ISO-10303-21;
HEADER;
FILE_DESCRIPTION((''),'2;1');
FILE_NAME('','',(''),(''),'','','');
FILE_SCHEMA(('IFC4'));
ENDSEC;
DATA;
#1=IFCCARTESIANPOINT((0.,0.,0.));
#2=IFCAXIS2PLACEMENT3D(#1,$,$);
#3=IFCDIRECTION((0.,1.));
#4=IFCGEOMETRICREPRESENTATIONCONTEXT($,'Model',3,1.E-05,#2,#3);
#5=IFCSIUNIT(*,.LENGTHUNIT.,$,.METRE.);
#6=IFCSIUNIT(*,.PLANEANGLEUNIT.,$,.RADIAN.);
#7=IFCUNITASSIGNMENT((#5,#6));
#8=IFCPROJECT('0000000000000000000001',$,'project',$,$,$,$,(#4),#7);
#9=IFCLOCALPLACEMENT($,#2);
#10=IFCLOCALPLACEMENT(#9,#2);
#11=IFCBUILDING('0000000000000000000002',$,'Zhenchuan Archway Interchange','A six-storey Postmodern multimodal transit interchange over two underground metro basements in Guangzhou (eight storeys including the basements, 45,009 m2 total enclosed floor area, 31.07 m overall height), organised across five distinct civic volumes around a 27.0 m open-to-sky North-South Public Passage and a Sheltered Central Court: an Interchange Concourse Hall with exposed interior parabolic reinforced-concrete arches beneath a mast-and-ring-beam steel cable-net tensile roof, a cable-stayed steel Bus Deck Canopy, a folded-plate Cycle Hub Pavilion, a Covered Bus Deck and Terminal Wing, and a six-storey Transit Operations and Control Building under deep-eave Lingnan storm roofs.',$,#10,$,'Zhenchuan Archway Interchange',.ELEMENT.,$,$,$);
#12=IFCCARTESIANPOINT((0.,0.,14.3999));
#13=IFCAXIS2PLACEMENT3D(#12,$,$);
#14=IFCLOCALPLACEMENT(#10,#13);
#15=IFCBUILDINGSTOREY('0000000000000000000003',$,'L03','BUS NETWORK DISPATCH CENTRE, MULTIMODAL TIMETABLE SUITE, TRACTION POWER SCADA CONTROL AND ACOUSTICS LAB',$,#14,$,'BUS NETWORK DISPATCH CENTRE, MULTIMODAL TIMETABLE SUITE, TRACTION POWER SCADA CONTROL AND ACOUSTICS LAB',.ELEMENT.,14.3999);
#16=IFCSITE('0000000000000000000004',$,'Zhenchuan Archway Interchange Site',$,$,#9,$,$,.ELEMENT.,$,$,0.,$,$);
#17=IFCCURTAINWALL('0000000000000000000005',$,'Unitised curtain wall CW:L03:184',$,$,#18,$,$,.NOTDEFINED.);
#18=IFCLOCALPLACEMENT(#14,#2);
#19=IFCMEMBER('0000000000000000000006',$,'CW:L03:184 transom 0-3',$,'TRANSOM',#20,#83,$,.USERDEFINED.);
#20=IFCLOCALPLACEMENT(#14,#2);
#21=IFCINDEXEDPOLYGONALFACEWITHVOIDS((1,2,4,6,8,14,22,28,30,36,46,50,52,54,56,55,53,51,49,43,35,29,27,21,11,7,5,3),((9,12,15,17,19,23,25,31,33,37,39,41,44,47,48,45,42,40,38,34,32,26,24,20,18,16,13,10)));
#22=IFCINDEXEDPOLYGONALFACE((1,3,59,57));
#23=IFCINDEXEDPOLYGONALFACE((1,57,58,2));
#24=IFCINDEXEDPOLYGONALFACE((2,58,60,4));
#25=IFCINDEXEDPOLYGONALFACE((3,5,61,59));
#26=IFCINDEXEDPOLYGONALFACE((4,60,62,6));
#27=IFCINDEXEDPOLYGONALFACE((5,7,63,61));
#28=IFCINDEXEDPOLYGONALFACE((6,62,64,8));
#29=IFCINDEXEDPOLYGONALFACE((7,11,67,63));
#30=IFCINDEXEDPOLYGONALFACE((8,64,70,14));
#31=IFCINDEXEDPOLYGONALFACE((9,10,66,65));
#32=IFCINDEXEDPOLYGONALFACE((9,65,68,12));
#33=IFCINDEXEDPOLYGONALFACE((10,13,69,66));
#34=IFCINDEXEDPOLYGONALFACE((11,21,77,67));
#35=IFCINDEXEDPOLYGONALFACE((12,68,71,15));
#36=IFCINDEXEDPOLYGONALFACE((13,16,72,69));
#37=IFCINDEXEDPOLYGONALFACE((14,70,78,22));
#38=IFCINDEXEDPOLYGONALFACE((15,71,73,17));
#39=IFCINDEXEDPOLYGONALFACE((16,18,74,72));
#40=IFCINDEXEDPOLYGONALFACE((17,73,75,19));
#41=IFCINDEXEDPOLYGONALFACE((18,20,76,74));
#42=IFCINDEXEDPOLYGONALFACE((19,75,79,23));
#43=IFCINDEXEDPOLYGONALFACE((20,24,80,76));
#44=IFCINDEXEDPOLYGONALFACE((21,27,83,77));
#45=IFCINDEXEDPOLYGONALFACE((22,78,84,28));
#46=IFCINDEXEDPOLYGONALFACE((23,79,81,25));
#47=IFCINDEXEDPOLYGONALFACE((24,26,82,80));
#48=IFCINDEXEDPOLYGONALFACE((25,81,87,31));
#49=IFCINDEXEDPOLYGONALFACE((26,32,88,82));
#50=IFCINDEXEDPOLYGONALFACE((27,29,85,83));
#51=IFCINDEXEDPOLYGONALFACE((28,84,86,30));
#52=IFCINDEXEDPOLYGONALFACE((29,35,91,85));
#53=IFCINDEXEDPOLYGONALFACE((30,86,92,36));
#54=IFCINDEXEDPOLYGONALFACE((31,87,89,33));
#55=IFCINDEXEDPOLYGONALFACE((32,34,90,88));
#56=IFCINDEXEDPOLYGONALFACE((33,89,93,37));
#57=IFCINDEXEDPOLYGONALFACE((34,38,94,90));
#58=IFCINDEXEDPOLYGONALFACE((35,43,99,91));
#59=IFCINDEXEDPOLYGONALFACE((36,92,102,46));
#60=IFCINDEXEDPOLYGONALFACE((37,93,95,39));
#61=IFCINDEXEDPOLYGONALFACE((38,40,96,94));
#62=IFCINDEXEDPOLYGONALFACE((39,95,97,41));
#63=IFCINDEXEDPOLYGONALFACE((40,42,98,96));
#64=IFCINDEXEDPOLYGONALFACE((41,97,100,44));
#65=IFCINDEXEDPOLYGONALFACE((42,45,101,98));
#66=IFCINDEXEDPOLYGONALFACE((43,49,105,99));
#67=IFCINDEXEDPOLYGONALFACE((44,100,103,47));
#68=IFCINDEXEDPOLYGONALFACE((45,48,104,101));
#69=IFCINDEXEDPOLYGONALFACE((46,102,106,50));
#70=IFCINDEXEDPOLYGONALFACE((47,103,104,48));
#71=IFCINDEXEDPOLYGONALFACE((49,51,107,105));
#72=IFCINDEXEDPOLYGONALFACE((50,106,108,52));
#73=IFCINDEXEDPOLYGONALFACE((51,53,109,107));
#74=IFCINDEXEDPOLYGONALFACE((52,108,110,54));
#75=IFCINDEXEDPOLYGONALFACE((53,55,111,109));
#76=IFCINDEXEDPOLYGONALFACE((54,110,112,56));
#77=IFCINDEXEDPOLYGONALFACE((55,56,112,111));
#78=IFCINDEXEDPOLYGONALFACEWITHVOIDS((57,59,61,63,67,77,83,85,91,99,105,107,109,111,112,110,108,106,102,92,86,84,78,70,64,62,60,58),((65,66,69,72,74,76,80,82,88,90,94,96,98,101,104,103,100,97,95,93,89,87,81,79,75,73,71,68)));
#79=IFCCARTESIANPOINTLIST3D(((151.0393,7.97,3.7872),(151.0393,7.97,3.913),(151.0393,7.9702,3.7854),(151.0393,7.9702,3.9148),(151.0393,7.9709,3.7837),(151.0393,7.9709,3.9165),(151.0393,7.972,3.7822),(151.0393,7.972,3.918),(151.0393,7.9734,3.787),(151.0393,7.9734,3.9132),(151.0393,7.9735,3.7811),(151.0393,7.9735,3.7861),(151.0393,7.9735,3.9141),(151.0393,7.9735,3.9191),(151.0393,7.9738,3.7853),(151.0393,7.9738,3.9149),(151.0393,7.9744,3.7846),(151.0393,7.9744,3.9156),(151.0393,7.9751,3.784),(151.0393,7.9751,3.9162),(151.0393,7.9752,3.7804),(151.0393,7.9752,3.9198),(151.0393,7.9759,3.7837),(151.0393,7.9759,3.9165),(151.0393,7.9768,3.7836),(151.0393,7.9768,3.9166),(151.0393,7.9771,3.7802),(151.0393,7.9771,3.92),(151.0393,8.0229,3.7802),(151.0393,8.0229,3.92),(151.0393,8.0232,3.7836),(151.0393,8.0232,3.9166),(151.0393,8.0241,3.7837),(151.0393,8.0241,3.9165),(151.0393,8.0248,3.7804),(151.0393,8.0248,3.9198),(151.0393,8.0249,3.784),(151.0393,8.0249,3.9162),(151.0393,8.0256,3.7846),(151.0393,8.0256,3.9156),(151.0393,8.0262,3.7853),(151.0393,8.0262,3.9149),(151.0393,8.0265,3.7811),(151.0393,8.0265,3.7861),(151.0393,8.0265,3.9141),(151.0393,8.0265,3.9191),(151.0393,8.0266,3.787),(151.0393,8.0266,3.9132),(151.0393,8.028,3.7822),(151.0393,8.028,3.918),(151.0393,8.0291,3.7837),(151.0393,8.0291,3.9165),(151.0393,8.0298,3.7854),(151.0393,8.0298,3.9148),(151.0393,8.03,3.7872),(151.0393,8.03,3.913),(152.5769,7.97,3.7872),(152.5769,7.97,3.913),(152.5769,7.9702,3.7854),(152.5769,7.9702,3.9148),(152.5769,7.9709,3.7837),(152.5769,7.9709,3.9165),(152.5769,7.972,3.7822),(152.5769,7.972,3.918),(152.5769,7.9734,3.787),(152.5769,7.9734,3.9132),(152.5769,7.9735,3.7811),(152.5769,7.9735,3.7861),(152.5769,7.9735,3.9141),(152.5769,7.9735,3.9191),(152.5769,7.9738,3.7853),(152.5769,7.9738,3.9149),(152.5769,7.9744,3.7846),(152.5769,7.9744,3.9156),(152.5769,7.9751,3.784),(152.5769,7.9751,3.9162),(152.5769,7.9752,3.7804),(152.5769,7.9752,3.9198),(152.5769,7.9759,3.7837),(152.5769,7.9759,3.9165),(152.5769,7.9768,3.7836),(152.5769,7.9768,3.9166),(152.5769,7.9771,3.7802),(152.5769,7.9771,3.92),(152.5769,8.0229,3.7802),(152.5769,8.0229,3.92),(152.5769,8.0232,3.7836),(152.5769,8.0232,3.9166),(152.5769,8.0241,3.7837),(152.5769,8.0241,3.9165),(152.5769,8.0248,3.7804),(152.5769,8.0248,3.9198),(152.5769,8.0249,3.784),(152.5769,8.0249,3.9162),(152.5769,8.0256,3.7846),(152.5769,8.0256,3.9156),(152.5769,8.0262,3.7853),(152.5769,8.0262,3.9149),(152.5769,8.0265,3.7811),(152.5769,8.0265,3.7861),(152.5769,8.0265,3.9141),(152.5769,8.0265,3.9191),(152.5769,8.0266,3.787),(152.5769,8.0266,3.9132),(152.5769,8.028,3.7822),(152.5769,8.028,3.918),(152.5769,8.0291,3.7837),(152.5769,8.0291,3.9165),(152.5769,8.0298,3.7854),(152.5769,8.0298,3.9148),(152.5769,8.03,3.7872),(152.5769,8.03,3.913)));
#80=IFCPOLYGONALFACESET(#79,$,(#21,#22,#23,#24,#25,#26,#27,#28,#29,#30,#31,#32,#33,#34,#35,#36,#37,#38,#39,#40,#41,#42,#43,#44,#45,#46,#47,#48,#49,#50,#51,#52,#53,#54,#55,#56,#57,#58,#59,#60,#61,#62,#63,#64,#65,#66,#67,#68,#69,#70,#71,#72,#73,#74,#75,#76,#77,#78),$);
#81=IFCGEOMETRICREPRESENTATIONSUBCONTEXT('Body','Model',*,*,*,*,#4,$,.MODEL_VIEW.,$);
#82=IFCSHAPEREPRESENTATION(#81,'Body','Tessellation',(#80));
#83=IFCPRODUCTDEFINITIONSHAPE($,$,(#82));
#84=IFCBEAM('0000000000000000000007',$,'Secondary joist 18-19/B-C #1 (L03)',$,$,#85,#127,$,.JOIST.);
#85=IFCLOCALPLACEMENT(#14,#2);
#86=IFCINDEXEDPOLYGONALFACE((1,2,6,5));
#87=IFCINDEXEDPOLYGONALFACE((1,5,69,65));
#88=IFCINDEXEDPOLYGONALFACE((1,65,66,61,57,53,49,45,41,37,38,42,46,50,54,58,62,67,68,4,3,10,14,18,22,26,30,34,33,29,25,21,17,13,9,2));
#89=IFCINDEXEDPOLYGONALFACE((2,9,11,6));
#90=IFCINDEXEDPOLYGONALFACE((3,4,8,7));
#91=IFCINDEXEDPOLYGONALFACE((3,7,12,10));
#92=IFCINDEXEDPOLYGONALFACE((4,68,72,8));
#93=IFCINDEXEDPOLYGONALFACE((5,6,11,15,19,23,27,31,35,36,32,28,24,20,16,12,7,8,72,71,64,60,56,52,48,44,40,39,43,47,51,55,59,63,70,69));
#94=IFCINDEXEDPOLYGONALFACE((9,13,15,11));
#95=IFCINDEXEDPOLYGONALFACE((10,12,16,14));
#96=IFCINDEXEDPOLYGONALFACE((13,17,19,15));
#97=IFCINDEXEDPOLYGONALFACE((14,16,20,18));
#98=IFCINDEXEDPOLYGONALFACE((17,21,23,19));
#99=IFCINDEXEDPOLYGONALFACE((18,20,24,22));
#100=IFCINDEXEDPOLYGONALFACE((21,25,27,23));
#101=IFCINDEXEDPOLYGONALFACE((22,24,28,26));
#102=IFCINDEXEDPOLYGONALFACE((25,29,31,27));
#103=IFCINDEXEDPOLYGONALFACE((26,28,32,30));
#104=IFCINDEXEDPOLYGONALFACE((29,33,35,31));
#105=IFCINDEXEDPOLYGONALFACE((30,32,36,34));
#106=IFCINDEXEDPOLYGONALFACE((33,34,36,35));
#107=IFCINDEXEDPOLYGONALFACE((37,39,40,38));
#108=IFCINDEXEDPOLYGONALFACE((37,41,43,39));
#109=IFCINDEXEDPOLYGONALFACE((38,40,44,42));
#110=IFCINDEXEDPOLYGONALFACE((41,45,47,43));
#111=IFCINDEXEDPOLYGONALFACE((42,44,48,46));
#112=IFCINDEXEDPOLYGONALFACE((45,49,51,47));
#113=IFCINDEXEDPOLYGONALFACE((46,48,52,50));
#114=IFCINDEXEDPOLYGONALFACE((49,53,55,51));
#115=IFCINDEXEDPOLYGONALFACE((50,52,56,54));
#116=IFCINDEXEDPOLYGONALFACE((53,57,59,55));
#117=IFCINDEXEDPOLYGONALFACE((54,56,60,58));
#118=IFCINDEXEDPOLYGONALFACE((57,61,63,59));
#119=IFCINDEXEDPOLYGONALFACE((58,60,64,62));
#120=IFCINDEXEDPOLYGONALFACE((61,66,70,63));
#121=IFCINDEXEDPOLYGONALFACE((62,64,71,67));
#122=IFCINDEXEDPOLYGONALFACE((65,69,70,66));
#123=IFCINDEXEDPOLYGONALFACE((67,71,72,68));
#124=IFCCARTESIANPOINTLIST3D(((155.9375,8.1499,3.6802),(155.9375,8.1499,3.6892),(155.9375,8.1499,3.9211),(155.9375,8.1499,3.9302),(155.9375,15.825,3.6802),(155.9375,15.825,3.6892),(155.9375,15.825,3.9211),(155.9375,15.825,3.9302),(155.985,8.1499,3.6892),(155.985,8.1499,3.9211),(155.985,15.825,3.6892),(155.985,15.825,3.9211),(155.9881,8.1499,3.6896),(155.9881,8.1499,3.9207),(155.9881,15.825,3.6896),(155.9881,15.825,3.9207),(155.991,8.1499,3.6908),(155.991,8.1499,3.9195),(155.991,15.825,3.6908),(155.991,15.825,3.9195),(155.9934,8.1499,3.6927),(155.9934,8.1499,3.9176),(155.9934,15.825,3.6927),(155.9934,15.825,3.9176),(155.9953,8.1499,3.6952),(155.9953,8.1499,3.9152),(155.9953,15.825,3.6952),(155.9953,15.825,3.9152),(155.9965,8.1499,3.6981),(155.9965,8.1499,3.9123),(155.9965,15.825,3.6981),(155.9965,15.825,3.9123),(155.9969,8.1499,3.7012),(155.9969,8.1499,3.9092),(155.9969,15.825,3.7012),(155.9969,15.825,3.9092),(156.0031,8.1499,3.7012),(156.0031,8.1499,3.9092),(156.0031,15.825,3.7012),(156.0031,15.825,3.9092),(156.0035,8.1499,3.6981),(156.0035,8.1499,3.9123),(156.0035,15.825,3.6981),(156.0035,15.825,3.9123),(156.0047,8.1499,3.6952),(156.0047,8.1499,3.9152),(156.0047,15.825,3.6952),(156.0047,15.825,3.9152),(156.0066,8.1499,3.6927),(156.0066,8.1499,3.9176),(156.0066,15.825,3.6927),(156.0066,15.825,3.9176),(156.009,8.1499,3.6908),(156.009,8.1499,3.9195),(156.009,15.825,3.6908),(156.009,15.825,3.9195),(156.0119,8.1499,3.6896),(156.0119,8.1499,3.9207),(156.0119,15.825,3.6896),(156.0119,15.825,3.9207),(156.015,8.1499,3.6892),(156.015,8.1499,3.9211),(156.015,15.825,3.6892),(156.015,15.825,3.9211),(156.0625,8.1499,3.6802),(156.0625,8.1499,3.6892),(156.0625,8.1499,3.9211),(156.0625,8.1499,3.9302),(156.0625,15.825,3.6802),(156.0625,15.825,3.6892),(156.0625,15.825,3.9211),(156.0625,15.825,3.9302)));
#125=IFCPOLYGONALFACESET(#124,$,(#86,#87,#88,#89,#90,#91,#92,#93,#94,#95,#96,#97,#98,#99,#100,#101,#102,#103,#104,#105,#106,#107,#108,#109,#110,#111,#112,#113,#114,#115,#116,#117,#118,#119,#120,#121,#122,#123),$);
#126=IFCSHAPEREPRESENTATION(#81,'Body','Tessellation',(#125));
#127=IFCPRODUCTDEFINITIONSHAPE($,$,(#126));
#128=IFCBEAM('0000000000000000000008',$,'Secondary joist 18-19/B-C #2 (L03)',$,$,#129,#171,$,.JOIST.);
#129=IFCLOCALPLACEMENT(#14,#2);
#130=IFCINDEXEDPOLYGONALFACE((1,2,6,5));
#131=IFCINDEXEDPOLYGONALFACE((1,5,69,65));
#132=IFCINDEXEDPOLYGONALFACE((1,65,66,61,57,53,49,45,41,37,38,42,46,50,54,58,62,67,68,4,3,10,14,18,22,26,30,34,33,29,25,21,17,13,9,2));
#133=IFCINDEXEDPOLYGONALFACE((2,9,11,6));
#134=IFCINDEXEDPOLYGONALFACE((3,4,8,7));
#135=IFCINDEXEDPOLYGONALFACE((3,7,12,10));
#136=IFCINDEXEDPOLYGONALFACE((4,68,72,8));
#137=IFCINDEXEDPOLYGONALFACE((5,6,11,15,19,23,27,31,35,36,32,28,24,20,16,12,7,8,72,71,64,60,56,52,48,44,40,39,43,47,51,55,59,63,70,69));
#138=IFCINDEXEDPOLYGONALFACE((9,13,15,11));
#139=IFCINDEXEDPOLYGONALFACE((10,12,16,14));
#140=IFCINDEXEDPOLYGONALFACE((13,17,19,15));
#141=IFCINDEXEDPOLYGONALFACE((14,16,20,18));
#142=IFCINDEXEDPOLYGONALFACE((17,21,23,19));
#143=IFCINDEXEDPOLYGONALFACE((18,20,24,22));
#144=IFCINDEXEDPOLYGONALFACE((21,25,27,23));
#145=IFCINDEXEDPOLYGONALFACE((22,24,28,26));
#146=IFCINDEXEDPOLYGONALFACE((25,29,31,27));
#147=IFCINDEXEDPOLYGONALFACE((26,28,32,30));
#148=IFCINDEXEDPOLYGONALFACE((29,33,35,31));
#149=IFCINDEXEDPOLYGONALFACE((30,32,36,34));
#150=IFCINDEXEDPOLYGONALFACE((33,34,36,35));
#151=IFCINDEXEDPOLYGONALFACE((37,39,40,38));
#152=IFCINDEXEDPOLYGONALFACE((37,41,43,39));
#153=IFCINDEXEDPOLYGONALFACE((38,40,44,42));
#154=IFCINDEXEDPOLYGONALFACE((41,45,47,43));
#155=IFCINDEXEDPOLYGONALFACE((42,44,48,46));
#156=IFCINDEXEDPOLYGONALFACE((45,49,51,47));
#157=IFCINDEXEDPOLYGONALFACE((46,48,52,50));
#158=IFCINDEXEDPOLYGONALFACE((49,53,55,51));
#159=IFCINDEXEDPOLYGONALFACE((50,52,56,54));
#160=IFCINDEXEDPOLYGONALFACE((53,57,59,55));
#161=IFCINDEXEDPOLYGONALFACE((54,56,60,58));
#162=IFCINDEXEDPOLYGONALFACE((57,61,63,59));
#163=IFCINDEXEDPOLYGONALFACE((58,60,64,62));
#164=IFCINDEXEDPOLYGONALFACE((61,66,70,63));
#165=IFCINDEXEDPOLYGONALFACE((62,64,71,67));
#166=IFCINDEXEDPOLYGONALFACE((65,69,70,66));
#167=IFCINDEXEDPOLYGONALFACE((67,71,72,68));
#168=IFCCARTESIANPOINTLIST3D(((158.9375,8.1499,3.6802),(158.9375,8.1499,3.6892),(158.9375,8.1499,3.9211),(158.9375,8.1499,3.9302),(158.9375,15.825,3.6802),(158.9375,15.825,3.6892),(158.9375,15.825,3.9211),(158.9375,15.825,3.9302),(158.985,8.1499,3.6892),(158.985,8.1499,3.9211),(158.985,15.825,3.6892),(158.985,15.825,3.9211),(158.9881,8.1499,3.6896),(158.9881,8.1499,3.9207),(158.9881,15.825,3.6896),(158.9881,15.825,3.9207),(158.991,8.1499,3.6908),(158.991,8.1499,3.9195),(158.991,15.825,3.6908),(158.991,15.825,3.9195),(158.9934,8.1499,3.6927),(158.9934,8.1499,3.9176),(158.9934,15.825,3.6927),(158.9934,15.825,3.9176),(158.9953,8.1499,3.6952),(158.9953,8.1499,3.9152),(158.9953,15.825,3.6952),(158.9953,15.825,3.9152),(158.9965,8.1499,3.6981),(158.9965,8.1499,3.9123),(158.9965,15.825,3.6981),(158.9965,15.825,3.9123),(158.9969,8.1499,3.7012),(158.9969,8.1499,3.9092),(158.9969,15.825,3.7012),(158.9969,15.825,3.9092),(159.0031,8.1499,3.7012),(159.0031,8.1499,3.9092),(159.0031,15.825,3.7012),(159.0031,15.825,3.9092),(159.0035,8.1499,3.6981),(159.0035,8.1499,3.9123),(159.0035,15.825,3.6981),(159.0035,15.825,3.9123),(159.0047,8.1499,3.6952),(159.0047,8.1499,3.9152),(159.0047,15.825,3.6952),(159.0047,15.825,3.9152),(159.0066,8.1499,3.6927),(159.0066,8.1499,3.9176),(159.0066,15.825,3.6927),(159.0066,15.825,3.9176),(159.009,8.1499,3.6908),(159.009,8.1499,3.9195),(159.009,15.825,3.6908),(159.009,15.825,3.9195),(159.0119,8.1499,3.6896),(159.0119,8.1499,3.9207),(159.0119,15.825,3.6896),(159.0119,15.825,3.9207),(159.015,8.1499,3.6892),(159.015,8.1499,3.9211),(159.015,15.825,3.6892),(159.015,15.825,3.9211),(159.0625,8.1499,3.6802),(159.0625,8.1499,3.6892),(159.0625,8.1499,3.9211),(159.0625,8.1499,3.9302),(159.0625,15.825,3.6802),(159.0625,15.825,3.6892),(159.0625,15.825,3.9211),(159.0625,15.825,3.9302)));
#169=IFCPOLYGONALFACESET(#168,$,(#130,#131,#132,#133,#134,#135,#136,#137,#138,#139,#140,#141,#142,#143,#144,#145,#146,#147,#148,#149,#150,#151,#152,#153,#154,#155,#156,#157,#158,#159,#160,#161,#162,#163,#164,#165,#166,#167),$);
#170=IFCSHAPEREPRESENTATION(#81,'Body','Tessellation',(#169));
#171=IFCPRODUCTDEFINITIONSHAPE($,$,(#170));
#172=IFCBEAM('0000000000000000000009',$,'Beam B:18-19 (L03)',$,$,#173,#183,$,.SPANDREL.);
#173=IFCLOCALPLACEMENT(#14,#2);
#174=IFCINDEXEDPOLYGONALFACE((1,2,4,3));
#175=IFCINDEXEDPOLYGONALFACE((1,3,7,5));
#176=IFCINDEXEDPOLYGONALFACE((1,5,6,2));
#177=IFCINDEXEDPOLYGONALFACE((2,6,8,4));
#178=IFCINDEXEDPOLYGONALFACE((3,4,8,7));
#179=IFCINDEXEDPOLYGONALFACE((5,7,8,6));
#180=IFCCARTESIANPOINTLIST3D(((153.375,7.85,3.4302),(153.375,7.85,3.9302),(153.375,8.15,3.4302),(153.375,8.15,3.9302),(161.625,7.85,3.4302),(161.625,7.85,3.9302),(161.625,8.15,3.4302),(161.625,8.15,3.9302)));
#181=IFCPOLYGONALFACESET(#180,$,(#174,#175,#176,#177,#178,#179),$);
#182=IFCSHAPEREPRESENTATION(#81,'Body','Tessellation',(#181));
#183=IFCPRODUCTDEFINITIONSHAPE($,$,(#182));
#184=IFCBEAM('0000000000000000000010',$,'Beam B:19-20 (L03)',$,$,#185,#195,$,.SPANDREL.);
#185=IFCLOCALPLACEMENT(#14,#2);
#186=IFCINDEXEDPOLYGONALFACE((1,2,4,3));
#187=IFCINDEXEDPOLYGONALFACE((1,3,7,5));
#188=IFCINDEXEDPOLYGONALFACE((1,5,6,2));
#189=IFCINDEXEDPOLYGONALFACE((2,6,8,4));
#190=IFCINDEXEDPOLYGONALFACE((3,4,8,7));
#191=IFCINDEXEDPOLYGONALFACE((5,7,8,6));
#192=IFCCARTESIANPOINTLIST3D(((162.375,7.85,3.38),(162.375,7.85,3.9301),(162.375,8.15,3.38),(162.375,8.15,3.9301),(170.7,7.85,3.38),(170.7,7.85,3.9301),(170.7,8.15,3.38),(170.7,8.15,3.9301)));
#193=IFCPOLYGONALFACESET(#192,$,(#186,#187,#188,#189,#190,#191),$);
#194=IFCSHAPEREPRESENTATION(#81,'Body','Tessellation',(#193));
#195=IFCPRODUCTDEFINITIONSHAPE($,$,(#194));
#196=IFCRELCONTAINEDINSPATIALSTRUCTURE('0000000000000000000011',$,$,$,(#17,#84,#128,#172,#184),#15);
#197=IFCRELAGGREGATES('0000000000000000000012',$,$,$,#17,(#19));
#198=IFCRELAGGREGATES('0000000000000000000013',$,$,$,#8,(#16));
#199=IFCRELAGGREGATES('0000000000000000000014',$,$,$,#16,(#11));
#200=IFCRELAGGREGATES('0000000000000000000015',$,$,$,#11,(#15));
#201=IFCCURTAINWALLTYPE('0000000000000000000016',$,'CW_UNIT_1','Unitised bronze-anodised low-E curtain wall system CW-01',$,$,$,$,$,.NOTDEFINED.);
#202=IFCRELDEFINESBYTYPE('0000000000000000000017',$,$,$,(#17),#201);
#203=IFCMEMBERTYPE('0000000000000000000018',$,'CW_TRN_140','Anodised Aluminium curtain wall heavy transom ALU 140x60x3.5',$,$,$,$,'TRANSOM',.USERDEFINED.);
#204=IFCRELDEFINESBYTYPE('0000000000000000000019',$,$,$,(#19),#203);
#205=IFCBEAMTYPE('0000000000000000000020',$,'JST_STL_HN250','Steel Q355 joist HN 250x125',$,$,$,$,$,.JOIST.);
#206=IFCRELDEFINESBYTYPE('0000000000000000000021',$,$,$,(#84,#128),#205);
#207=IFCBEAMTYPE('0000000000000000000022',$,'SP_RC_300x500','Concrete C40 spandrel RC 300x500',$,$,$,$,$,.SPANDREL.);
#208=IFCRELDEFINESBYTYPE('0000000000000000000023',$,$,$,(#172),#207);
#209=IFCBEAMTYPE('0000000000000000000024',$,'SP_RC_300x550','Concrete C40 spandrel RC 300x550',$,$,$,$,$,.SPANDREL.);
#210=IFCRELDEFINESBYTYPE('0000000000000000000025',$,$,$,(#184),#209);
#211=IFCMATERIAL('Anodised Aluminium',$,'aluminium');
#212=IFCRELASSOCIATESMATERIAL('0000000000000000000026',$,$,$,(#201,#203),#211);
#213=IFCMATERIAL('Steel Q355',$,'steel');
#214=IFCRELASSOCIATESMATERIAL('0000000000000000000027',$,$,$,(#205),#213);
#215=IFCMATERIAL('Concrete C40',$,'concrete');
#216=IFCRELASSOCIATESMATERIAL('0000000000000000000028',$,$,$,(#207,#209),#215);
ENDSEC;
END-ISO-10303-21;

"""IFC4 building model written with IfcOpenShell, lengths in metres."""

from ifc_helpers import new_model, si_unit, direction, frame, origin, origin_2d, place, context, subcontext, project, spatial, rectangle, hollow_rectangle, i_section, extrude, material, material_profile, profile_set, type_object, element, aggregate, save


model = new_model("IFC4")

# Units and contexts
model_context = context("Model", 3, precision=1e-05, world=origin(), true_north=direction((0.0, 1.0)))
body_context = subcontext(model_context, "Body", "Model", "MODEL_VIEW")
ifc_project = project(units=[si_unit("LENGTHUNIT", "METRE"), si_unit("PLANEANGLEUNIT", "RADIAN")], contexts=[model_context])

# Site, building, storey
site_placement = place(None, origin())
site = spatial("IfcSite", under=ifc_project, at=site_placement, Name="Zhenchuan Archway Interchange Site", CompositionType="ELEMENT", RefElevation=0.0)
building_placement = place(site_placement, origin())
building = spatial("IfcBuilding", under=site, at=building_placement, Name="Zhenchuan Archway Interchange", Description="A six-storey Postmodern multimodal transit interchange over two underground metro basements in Guangzhou (eight storeys including the basements, 45,009 m2 total enclosed floor area, 31.07 m overall height), organised across five distinct civic volumes around a 27.0 m open-to-sky North-South Public Passage and a Sheltered Central Court: an Interchange Concourse Hall with exposed interior parabolic reinforced-concrete arches beneath a mast-and-ring-beam steel cable-net tensile roof, a cable-stayed steel Bus Deck Canopy, a folded-plate Cycle Hub Pavilion, a Covered Bus Deck and Terminal Wing, and a six-storey Transit Operations and Control Building under deep-eave Lingnan storm roofs.", LongName="Zhenchuan Archway Interchange", CompositionType="ELEMENT")
storey_placement = place(building_placement, frame((0.0, 0.0, 14.3999)))
storey = spatial("IfcBuildingStorey", under=building, at=storey_placement, Name="L03", Description="BUS NETWORK DISPATCH CENTRE, MULTIMODAL TIMETABLE SUITE, TRACTION POWER SCADA CONTROL AND ACOUSTICS LAB", LongName="BUS NETWORK DISPATCH CENTRE, MULTIMODAL TIMETABLE SUITE, TRACTION POWER SCADA CONTROL AND ACOUSTICS LAB", CompositionType="ELEMENT", Elevation=14.3999)

# Shared definitions
ifc_material_1 = material(Name="Concrete C40", Category="concrete")

# Curtain wall, member
ifc_material_2 = material(Name="Anodised Aluminium", Category="aluminium")
curtain_wall_type = type_object("IfcCurtainWallType", Name="CW_UNIT_1", Description="Unitised bronze-anodised low-E curtain wall system CW-01", PredefinedType="NOTDEFINED", material=ifc_material_2)
curtain_wall_placement = place(storey_placement, origin())
curtain_wall = element("IfcCurtainWall", 1, at=curtain_wall_placement, inside=storey, type_object=curtain_wall_type, Name="Unitised curtain wall CW:L03:184", PredefinedType="NOTDEFINED")
ifc_material_profile_1 = material_profile(ifc_material_2, hollow_rectangle(XDim=0.0601, YDim=0.1399, WallThickness=0.0034, InnerFilletRadius=0.0034, OuterFilletRadius=0.0071, at=origin_2d()), Name="ALU 140x60x3.5")
ifc_profile_set_1 = profile_set([ifc_material_profile_1], Name="Anodised Aluminium")
member_type_1 = type_object("IfcMemberType", Name="CW_TRN_140", Description="Anodised Aluminium curtain wall heavy transom ALU 140x60x3.5", ElementType="TRANSOM", PredefinedType="USERDEFINED", material=ifc_profile_set_1)
member_1_placement = place(storey_placement, frame((152.5769, 8.0, 3.8501), z_axis=(-1.0, 0.0, 0.0), x_axis=(0.0, -1.0, 0.0)))
member_1 = element("IfcMember", 2, at=member_1_placement, type_object=member_type_1, Name="CW:L03:184 transom 0-3", ObjectType="TRANSOM", PredefinedType="USERDEFINED", context=body_context, shape_type="SweptSolid", body=[
    extrude(hollow_rectangle(XDim=0.0601, YDim=0.1399, WallThickness=0.0034, InnerFilletRadius=0.0034, OuterFilletRadius=0.0071, at=origin_2d()), origin(), (0.0, 0.0, 1.0), 1.5376),
])

# Beams
ifc_material_3 = material(Name="Steel Q355", Category="steel")
ifc_material_profile_2 = material_profile(ifc_material_3, i_section(OverallWidth=0.125, OverallDepth=0.25, WebThickness=0.0061, FlangeThickness=0.009, FilletRadius=0.012, at=origin_2d()), Name="HN 250x125")
ifc_profile_set_2 = profile_set([ifc_material_profile_2], Name="Steel Q355")
beam_type_1 = type_object("IfcBeamType", Name="JST_STL_HN250", Description="Steel Q355 joist HN 250x125", PredefinedType="JOIST", material=ifc_profile_set_2)
for number, where, z_axis, x_axis, name in (
    (3, (156.0, 8.1499, 3.8052), (0.0, 1.0, 0.0), (-1.0, 0.0, 0.0), "Secondary joist 18-19/B-C #1 (L03)"),
    (4, (159.0, 8.1499, 3.8052), (0.0, 1.0, 0.0), (-1.0, 0.0, 0.0), "Secondary joist 18-19/B-C #2 (L03)"),
):
    element("IfcBeam", number, at=place(storey_placement, frame(where, z_axis=z_axis, x_axis=x_axis)), inside=storey, type_object=beam_type_1, Name=name, PredefinedType="JOIST", context=body_context, shape_type="SweptSolid", body=[
        extrude(i_section(OverallWidth=0.125, OverallDepth=0.25, WebThickness=0.0061, FlangeThickness=0.009, FilletRadius=0.012, at=origin_2d()), origin(), (0.0, 0.0, 1.0), 7.675),
    ])
ifc_material_profile_3 = material_profile(ifc_material_1, rectangle(XDim=0.3, YDim=0.5, at=origin_2d()), Name="RC 300x500")
ifc_profile_set_3 = profile_set([ifc_material_profile_3], Name="Concrete C40")
beam_type_2 = type_object("IfcBeamType", Name="SP_RC_300x500", Description="Concrete C40 spandrel RC 300x500", PredefinedType="SPANDREL", material=ifc_profile_set_3)
beam_1_placement = place(storey_placement, frame((153.375, 8.0, 3.6802), z_axis=(1.0, 0.0, 0.0), x_axis=(0.0, 1.0, 0.0)))
element("IfcBeam", 5, at=beam_1_placement, inside=storey, type_object=beam_type_2, Name="Beam B:18-19 (L03)", PredefinedType="SPANDREL", context=body_context, shape_type="SweptSolid", body=[
    extrude(rectangle(XDim=0.3, YDim=0.5, at=origin_2d()), origin(), (0.0, 0.0, 1.0), 8.25),
])
ifc_material_profile_4 = material_profile(ifc_material_1, rectangle(XDim=0.3, YDim=0.55, at=origin_2d()), Name="RC 300x550")
ifc_profile_set_4 = profile_set([ifc_material_profile_4], Name="Concrete C40")
beam_type_3 = type_object("IfcBeamType", Name="SP_RC_300x550", Description="Concrete C40 spandrel RC 300x550", PredefinedType="SPANDREL", material=ifc_profile_set_4)
beam_2_placement = place(storey_placement, frame((162.375, 8.0, 3.655), z_axis=(1.0, 0.0, 0.0), x_axis=(0.0, 1.0, 0.0)))
element("IfcBeam", 6, at=beam_2_placement, inside=storey, type_object=beam_type_3, Name="Beam B:19-20 (L03)", PredefinedType="SPANDREL", context=body_context, shape_type="SweptSolid", body=[
    extrude(rectangle(XDim=0.3, YDim=0.55, at=origin_2d()), origin(), (0.0, 0.0, 1.0), 8.325),
])

aggregate(curtain_wall, [member_1])

save(model, "model.ifc")
